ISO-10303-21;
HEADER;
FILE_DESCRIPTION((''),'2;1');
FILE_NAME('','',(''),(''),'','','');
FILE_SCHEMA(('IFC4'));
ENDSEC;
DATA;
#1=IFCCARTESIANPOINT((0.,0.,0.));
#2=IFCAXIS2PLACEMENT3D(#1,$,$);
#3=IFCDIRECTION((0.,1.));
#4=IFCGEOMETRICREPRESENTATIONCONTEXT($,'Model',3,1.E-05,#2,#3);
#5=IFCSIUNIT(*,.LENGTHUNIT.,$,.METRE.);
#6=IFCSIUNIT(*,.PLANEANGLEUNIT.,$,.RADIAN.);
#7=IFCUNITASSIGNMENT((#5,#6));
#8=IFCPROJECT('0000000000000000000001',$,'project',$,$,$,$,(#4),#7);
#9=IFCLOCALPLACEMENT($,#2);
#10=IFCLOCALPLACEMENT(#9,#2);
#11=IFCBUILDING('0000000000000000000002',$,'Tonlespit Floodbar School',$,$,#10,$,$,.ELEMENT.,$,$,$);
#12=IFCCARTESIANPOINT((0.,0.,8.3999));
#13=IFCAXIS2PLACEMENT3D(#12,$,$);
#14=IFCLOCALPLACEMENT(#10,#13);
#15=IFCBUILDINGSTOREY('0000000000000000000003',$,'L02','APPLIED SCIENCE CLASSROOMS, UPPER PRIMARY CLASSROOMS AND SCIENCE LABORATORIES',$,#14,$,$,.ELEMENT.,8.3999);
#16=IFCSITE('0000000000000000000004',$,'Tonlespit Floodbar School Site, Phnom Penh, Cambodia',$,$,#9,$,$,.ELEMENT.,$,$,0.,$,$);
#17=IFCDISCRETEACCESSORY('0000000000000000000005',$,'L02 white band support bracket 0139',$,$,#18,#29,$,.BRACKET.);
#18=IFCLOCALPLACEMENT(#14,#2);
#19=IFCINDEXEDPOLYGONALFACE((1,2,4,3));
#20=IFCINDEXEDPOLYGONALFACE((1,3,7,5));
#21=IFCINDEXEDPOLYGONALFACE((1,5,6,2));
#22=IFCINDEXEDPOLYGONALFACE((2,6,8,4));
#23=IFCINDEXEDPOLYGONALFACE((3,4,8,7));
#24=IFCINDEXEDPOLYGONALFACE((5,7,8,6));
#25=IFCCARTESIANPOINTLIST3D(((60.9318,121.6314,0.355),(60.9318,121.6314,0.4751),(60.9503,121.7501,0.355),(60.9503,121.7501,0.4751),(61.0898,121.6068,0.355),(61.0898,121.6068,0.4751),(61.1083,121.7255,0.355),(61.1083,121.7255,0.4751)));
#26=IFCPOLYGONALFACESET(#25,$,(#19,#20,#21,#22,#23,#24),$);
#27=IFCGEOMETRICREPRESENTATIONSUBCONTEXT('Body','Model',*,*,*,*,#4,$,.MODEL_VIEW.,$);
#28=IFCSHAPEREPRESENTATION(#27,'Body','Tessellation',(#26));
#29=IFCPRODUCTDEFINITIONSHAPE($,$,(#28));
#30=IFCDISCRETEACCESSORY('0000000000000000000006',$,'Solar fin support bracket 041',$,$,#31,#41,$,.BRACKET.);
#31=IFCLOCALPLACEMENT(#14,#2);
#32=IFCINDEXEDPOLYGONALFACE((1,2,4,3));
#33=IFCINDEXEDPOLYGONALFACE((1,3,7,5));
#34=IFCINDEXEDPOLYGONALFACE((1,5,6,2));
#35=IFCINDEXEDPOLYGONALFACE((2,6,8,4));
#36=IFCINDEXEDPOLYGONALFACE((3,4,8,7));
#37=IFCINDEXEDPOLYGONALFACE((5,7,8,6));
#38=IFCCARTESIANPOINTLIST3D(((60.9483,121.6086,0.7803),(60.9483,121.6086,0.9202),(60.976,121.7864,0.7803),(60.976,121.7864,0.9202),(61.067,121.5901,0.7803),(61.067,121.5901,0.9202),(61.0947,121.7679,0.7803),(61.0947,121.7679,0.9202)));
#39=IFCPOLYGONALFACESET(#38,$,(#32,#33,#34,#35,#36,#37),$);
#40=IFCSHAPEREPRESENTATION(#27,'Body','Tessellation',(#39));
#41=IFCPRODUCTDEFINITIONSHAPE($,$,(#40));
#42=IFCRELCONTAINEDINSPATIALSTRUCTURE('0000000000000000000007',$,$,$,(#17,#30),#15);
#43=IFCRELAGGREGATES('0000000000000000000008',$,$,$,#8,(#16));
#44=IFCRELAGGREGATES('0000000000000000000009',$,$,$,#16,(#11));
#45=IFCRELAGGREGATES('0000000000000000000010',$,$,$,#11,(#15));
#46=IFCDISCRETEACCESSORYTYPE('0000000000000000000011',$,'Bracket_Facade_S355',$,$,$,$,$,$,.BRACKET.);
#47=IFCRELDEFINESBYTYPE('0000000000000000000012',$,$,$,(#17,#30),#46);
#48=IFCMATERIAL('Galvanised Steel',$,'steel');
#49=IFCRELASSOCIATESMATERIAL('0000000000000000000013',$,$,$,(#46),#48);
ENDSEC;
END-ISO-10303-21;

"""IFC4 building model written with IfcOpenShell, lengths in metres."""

from ifc_helpers import new_model, si_unit, direction, frame, origin, origin_2d, place, context, subcontext, project, spatial, rectangle, extrude, material, type_object, element, save


model = new_model("IFC4")

# Units and contexts
model_context = context("Model", 3, precision=1e-05, world=origin(), true_north=direction((0.0, 1.0)))
body_context = subcontext(model_context, "Body", "Model", "MODEL_VIEW")
ifc_project = project(units=[si_unit("LENGTHUNIT", "METRE"), si_unit("PLANEANGLEUNIT", "RADIAN")], contexts=[model_context])

# Site, building, storey
site_placement = place(None, origin())
site = spatial("IfcSite", under=ifc_project, at=site_placement, Name="Tonlespit Floodbar School Site, Phnom Penh, Cambodia", CompositionType="ELEMENT", RefElevation=0.0)
building_placement = place(site_placement, origin())
building = spatial("IfcBuilding", under=site, at=building_placement, Name="Tonlespit Floodbar School", CompositionType="ELEMENT")
storey_placement = place(building_placement, frame((0.0, 0.0, 8.3999)))
storey = spatial("IfcBuildingStorey", under=building, at=storey_placement, Name="L02", Description="APPLIED SCIENCE CLASSROOMS, UPPER PRIMARY CLASSROOMS AND SCIENCE LABORATORIES", CompositionType="ELEMENT", Elevation=8.3999)

# Shared definitions
ifc_material_1 = material(Name="Galvanised Steel", Category="steel")

# Discrete accessories
discrete_accessory_type = type_object("IfcDiscreteAccessoryType", Name="Bracket_Facade_S355", PredefinedType="BRACKET", material=ifc_material_1)
discrete_accessory_1_placement = place(storey_placement, frame((61.02, 121.6785, 0.355), z_axis=(0.0, 0.0, 1.0), x_axis=(0.988095, -0.153846, 0.0)))
element("IfcDiscreteAccessory", 1, at=discrete_accessory_1_placement, inside=storey, type_object=discrete_accessory_type, Name="L02 white band support bracket 0139", PredefinedType="BRACKET", context=body_context, shape_type="SweptSolid", body=[
    extrude(rectangle(XDim=0.1599, YDim=0.1201, at=origin_2d()), origin(), (0.0, 0.0, 1.0), 0.1201),
])
discrete_accessory_2_placement = place(storey_placement, frame((61.0215, 121.6882, 0.7803), z_axis=(0.0, 0.0, 1.0), x_axis=(0.988095, -0.153846, 0.0)))
element("IfcDiscreteAccessory", 2, at=discrete_accessory_2_placement, inside=storey, type_object=discrete_accessory_type, Name="Solar fin support bracket 041", PredefinedType="BRACKET", context=body_context, shape_type="SweptSolid", body=[
    extrude(rectangle(XDim=0.1201, YDim=0.1799, at=origin_2d()), origin(), (0.0, 0.0, 1.0), 0.1399),
])

save(model, "model.ifc")
